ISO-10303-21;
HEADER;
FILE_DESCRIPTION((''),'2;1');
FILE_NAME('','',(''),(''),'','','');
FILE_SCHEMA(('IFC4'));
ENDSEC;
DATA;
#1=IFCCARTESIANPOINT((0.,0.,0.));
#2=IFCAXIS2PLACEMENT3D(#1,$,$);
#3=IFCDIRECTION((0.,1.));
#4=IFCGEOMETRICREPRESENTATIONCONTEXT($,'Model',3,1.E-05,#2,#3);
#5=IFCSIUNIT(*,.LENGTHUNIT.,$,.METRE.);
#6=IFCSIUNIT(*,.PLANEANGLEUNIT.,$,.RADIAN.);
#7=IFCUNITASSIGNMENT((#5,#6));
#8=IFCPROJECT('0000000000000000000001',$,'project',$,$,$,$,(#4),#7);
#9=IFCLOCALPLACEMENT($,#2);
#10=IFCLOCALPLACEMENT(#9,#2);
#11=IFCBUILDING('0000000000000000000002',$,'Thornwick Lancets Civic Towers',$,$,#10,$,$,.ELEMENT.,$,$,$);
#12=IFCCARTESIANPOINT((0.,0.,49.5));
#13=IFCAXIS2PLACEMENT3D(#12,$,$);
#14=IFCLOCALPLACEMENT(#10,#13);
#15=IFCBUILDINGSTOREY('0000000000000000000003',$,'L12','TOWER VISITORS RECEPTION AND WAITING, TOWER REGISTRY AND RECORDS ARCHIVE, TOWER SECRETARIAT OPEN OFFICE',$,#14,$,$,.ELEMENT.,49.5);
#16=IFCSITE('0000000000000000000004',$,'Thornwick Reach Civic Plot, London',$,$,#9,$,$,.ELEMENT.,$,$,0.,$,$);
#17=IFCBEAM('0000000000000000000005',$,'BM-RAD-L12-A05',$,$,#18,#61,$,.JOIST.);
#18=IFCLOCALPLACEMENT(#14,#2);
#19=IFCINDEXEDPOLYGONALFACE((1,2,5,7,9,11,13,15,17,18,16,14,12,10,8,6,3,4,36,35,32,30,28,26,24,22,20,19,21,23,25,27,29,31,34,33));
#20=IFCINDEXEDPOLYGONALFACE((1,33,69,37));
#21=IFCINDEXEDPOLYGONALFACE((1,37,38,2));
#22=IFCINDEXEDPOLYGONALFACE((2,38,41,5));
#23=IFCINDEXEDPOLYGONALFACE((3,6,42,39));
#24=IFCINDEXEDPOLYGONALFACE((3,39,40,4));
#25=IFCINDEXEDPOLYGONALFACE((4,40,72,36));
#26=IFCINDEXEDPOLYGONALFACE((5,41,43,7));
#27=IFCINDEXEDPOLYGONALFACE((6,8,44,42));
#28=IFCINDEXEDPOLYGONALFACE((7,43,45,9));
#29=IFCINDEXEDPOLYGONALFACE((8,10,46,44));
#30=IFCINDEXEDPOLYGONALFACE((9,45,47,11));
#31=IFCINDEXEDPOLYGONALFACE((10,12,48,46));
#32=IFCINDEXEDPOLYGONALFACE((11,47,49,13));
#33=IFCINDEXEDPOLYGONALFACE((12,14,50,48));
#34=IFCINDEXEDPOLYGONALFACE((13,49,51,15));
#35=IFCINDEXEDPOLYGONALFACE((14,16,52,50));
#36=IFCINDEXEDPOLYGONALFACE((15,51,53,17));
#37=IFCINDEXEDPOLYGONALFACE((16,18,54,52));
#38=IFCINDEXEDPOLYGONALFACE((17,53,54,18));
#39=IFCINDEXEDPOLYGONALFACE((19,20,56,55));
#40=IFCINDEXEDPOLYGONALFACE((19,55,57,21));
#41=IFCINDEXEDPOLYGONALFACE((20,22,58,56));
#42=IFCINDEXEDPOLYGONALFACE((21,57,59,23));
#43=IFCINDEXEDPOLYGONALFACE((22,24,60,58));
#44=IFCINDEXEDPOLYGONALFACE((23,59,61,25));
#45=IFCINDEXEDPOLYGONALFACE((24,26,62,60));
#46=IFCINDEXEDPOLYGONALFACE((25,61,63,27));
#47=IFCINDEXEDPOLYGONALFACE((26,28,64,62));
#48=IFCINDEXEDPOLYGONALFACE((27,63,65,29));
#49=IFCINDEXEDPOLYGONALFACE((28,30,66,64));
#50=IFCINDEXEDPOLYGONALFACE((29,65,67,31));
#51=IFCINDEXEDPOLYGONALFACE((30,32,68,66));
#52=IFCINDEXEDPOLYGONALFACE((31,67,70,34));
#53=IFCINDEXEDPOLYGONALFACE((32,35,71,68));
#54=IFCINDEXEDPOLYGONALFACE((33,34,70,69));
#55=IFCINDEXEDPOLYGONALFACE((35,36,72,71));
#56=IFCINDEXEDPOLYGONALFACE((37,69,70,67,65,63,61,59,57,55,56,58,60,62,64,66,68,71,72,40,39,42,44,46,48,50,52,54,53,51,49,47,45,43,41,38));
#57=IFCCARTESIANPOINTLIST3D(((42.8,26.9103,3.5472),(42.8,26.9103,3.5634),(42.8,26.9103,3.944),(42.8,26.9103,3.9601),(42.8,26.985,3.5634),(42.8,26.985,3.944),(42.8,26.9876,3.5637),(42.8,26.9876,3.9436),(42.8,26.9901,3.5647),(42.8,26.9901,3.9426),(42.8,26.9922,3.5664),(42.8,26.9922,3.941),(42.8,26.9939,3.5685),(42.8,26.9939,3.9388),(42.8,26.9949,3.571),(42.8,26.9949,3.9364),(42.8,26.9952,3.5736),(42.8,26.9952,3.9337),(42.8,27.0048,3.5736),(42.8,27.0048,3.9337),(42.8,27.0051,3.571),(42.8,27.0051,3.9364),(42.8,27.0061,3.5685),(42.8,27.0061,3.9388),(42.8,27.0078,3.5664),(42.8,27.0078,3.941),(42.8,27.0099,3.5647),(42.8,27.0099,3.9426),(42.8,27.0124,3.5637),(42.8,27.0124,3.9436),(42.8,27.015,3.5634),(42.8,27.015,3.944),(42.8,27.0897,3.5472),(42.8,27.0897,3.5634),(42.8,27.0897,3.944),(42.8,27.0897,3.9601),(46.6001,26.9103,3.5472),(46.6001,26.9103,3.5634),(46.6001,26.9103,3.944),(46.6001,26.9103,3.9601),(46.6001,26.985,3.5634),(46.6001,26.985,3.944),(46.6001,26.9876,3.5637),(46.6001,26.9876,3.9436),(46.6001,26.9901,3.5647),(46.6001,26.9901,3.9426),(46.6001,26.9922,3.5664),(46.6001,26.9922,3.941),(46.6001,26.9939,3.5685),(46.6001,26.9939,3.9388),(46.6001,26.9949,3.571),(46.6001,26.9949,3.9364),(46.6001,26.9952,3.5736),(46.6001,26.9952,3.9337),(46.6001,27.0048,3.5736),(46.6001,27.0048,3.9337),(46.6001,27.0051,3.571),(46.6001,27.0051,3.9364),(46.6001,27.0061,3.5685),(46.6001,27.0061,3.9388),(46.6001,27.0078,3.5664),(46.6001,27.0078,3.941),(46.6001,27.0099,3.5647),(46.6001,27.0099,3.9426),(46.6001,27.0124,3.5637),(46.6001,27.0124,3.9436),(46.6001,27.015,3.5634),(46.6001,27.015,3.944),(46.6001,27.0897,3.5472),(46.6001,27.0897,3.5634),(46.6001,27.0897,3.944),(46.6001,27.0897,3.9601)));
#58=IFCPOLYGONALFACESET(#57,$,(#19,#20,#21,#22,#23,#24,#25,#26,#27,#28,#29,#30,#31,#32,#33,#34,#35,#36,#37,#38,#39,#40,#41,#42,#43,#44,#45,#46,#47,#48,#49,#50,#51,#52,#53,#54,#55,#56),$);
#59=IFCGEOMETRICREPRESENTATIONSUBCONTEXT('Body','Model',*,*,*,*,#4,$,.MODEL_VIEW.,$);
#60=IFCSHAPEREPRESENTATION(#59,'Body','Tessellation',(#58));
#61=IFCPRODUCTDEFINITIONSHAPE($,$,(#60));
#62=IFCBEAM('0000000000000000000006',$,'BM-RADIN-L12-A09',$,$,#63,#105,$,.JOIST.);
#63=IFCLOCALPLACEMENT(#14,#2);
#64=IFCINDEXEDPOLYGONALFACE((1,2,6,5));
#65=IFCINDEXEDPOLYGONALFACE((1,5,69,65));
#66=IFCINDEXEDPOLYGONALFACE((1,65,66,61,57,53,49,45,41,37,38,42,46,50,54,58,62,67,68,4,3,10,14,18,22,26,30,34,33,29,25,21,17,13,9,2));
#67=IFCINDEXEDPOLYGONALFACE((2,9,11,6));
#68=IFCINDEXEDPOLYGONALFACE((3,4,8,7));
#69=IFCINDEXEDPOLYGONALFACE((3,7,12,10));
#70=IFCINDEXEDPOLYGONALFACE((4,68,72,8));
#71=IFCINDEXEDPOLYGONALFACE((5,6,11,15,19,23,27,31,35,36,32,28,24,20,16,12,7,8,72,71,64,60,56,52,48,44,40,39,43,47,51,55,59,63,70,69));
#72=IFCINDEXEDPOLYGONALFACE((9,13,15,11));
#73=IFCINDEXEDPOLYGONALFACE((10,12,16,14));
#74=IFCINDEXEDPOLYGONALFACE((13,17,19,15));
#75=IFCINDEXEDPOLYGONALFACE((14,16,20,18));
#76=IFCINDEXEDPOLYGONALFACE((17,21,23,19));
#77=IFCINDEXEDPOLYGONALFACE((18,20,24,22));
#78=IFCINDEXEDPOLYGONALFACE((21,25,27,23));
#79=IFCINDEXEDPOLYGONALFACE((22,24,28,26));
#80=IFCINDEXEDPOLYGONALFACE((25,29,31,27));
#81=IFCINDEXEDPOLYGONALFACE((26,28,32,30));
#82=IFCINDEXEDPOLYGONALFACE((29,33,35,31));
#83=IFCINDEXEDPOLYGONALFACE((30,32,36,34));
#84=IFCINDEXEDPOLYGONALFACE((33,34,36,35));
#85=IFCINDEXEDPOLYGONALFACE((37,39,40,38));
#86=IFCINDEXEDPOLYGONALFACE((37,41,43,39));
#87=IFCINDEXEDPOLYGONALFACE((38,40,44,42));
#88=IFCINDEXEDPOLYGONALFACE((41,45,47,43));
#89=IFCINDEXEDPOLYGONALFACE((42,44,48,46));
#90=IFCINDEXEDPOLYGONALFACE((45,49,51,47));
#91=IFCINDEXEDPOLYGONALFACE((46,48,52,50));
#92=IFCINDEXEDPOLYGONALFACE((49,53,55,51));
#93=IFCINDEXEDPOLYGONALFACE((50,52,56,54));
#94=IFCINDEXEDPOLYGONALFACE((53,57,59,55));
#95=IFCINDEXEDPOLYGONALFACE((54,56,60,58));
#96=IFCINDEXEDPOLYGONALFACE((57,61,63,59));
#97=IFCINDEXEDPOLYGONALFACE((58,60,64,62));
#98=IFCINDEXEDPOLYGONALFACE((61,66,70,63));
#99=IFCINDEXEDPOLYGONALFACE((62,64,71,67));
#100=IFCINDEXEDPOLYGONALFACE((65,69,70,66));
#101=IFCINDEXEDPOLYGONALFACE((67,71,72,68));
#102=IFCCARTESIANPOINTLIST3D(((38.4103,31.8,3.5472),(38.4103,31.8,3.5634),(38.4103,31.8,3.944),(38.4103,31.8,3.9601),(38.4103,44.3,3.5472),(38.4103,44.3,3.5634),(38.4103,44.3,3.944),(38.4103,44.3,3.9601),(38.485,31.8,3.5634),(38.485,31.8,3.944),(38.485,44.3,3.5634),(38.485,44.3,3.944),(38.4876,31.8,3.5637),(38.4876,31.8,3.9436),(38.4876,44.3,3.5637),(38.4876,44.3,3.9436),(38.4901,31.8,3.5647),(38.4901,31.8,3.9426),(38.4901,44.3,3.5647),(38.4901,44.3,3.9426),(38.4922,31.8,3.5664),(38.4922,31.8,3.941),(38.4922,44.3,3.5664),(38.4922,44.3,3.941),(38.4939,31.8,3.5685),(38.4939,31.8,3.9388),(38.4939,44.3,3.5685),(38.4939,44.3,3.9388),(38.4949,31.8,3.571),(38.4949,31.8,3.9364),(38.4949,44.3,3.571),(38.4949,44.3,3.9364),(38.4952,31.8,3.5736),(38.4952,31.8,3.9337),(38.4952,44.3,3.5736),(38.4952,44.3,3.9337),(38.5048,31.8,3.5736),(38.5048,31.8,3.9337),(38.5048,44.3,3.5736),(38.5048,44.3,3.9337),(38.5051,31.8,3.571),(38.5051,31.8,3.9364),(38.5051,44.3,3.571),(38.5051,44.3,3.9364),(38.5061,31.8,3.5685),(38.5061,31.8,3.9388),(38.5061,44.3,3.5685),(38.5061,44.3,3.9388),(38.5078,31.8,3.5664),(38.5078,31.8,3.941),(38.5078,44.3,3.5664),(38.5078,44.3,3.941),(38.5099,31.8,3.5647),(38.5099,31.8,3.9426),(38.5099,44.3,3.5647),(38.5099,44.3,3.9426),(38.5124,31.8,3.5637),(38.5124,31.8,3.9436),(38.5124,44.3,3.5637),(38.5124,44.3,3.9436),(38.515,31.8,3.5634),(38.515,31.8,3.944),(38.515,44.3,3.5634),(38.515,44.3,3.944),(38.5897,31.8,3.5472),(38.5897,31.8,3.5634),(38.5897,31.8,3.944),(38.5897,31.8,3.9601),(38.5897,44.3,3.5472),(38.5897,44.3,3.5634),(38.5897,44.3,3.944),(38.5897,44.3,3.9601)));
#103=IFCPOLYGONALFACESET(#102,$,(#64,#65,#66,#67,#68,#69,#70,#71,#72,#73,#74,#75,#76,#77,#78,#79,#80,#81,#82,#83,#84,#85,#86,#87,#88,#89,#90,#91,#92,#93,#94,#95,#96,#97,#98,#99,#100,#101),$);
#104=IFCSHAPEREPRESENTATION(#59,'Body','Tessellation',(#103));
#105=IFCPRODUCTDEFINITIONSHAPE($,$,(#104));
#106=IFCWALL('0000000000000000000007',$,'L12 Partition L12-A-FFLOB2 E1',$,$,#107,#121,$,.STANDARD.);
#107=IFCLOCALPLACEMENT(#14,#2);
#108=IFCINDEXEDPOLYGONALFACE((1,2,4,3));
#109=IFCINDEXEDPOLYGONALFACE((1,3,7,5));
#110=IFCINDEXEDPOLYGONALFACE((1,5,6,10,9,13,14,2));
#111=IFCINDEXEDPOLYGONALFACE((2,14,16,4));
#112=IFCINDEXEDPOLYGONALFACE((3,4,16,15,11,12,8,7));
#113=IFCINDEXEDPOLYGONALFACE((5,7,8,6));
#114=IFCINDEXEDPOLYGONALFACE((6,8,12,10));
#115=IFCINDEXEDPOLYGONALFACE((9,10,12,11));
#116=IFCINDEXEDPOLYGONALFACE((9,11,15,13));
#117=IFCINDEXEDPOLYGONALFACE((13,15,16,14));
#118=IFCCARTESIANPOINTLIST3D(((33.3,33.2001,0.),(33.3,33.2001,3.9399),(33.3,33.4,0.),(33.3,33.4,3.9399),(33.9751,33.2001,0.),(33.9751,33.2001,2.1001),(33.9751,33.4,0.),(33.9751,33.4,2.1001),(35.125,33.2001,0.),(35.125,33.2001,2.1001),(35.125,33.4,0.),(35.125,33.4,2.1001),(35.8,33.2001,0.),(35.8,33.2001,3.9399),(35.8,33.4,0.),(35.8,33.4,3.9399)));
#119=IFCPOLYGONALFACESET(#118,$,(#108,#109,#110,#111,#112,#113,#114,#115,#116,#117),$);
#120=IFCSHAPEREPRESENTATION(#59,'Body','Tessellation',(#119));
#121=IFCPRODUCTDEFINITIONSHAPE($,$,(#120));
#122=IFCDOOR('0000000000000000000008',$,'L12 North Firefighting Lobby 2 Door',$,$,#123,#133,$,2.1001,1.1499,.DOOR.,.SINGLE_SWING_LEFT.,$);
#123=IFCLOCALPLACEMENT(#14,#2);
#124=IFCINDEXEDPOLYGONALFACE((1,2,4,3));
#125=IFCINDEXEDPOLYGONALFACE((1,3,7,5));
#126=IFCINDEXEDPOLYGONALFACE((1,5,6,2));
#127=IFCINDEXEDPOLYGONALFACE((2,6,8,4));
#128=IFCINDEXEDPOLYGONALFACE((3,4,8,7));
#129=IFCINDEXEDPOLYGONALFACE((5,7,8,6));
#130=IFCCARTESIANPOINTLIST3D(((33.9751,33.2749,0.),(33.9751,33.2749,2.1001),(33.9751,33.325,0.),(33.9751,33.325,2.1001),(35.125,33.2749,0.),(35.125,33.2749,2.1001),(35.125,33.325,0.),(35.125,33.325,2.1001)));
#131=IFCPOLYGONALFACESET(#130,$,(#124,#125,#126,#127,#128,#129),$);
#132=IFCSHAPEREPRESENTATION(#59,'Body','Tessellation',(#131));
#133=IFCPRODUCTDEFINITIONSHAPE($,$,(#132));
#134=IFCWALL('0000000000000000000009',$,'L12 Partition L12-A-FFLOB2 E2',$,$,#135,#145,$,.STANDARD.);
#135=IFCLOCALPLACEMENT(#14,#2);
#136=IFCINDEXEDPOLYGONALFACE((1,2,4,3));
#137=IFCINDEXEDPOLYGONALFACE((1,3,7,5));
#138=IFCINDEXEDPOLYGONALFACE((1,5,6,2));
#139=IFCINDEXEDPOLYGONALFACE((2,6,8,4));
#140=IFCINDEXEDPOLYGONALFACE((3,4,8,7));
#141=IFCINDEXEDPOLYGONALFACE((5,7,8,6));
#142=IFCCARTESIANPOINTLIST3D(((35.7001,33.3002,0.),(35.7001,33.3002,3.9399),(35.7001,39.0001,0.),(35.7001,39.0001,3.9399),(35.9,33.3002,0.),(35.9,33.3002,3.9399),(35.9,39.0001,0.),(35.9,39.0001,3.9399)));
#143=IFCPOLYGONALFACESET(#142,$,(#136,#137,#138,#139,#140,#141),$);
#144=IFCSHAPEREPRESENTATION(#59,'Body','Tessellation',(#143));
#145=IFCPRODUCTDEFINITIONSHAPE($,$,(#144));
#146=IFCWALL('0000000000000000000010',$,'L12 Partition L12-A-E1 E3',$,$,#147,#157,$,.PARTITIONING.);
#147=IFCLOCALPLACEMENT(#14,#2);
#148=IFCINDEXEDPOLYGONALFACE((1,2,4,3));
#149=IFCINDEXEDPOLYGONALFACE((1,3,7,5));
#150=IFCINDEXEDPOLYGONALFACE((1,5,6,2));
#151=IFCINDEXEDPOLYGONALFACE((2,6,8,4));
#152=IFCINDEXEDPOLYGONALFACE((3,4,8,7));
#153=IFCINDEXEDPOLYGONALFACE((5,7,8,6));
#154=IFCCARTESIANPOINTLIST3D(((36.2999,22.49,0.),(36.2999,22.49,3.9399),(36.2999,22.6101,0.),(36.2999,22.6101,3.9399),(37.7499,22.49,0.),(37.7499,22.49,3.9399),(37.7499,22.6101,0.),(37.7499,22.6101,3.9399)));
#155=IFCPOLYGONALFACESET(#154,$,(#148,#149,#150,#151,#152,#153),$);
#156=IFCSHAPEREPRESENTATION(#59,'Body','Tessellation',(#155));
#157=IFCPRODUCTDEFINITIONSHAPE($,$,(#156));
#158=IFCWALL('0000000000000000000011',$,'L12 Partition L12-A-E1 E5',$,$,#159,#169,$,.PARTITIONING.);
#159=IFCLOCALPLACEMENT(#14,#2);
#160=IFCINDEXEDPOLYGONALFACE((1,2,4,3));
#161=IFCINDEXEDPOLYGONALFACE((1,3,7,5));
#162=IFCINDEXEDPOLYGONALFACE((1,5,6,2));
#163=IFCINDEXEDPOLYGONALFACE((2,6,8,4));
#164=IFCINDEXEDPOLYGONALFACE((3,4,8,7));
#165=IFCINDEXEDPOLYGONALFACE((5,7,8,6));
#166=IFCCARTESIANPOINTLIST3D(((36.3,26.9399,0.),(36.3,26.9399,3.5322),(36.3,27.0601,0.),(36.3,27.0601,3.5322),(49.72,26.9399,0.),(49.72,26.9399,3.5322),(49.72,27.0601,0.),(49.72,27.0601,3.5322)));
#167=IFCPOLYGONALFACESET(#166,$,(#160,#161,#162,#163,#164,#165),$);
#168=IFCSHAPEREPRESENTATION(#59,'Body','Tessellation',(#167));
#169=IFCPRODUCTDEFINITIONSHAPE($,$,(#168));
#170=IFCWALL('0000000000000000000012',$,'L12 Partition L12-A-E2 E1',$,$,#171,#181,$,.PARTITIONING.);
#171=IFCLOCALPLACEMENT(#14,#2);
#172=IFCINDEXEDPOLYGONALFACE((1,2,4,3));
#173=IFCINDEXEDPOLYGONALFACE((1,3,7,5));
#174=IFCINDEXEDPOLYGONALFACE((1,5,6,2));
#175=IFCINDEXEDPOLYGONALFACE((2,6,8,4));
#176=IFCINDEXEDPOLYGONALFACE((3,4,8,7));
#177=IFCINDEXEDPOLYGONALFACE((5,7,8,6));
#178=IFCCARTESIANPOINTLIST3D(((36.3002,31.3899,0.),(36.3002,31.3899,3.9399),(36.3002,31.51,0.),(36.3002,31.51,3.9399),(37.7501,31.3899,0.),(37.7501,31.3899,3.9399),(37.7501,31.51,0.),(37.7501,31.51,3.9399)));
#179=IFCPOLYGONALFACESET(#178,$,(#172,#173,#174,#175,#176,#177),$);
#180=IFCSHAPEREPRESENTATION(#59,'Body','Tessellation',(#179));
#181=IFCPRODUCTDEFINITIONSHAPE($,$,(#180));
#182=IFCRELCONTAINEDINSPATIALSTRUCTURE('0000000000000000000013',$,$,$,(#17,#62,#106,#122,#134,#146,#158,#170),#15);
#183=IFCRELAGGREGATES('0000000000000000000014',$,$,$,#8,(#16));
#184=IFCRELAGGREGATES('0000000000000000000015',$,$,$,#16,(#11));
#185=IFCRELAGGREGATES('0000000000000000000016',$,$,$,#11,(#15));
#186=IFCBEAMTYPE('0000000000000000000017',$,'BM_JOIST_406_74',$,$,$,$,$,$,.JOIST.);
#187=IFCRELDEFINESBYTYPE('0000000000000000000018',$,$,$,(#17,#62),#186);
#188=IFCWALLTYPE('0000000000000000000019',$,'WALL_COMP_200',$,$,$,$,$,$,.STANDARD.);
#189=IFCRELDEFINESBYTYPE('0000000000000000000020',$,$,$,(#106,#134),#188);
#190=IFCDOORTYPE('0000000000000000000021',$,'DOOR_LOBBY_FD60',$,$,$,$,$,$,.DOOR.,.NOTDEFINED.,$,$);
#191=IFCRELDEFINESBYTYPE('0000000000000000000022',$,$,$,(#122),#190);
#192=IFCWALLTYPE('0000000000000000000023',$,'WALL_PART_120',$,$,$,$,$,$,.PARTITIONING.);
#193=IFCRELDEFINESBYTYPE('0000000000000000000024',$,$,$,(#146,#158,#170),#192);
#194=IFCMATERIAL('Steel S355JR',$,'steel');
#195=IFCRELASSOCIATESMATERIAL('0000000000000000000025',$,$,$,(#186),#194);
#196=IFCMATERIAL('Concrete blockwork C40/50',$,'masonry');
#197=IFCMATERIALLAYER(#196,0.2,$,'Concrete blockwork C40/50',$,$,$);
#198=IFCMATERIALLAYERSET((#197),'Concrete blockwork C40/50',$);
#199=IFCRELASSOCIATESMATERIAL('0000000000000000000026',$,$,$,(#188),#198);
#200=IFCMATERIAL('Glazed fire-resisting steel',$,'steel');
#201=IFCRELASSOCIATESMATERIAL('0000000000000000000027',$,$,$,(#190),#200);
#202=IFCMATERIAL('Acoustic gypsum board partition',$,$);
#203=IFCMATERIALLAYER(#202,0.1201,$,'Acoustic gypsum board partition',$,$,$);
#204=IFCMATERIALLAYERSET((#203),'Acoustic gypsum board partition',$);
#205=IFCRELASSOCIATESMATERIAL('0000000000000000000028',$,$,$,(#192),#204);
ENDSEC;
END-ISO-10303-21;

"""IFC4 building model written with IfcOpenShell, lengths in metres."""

from ifc_helpers import new_model, si_unit, direction, frame, frame_2d, origin, origin_2d, place, context, subcontext, project, spatial, rectangle, i_section, extrude, material, layer, layer_set, material_profile, profile_set, type_object, element, fill, save


model = new_model("IFC4")

# Units and contexts
model_context = context("Model", 3, precision=1e-05, world=origin(), true_north=direction((0.0, 1.0)))
body_context = subcontext(model_context, "Body", "Model", "MODEL_VIEW")
ifc_project = project(units=[si_unit("LENGTHUNIT", "METRE"), si_unit("PLANEANGLEUNIT", "RADIAN")], contexts=[model_context])

# Site, building, storey
site_placement = place(None, origin())
site = spatial("IfcSite", under=ifc_project, at=site_placement, Name="Thornwick Reach Civic Plot, London", CompositionType="ELEMENT", RefElevation=0.0)
building_placement = place(site_placement, origin())
building = spatial("IfcBuilding", under=site, at=building_placement, Name="Thornwick Lancets Civic Towers", CompositionType="ELEMENT")
storey_placement = place(building_placement, frame((0.0, 0.0, 49.5)))
storey = spatial("IfcBuildingStorey", under=building, at=storey_placement, Name="L12", Description="TOWER VISITORS RECEPTION AND WAITING, TOWER REGISTRY AND RECORDS ARCHIVE, TOWER SECRETARIAT OPEN OFFICE", CompositionType="ELEMENT", Elevation=49.5)

# Beams
ifc_material_1 = material(Name="Steel S355JR", Category="steel")
ifc_material_profile_1 = material_profile(ifc_material_1, i_section(OverallWidth=0.1794, OverallDepth=0.4128, WebThickness=0.0095, FlangeThickness=0.0161, FilletRadius=0.0103, at=origin_2d()), Name="UKB 406x178x74")
ifc_profile_set_1 = profile_set([ifc_material_profile_1], Name="Steel S355JR")
beam_type_1 = type_object("IfcBeamType", Name="BM_JOIST_406_74", PredefinedType="JOIST", material=ifc_profile_set_1)
beam_1_placement = place(storey_placement, frame((42.8, 27.0, 3.7537), z_axis=(1.0, 0.0, 0.0), x_axis=(0.0, 1.0, 0.0)))
element("IfcBeam", 1, at=beam_1_placement, inside=storey, type_object=beam_type_1, Name="BM-RAD-L12-A05", PredefinedType="JOIST", context=body_context, shape_type="SweptSolid", body=[
    extrude(i_section(OverallWidth=0.1794, OverallDepth=0.4128, WebThickness=0.0095, FlangeThickness=0.0161, FilletRadius=0.0103, at=origin_2d()), origin(), (0.0, 0.0, 1.0), 3.8),
])
beam_2_placement = place(storey_placement, frame((38.5, 31.8, 3.7537), z_axis=(0.0, 1.0, 0.0), x_axis=(-1.0, 0.0, 0.0)))
element("IfcBeam", 2, at=beam_2_placement, inside=storey, type_object=beam_type_1, Name="BM-RADIN-L12-A09", PredefinedType="JOIST", context=body_context, shape_type="SweptSolid", body=[
    extrude(i_section(OverallWidth=0.1794, OverallDepth=0.4128, WebThickness=0.0095, FlangeThickness=0.0161, FilletRadius=0.0103, at=origin_2d()), origin(), (0.0, 0.0, 1.0), 12.5),
])

# Wall, opening, door
ifc_material_2 = material(Name="Concrete blockwork C40/50", Category="masonry")
ifc_layer_1 = layer(ifc_material_2, 0.2, Name="Concrete blockwork C40/50")
ifc_layer_set_1 = layer_set([ifc_layer_1], Name="Concrete blockwork C40/50")
wall_type_1 = type_object("IfcWallType", Name="WALL_COMP_200", PredefinedType="STANDARD", material=ifc_layer_set_1)
wall_1_placement = place(storey_placement, frame((33.3, 33.3, 0.0), z_axis=(0.0, 0.0, 1.0), x_axis=(1.0, 0.0, 0.0)))
wall_1 = element("IfcWall", 3, at=wall_1_placement, inside=storey, type_object=wall_type_1, Name="L12 Partition L12-A-FFLOB2 E1", PredefinedType="STANDARD", context=body_context, shape_type="SweptSolid", body=[
    extrude(rectangle(XDim=2.5, YDim=0.2, at=frame_2d((1.25, 0.0))), origin(), (0.0, 0.0, 1.0), 3.9399),
])
opening_1_placement = place(wall_1_placement, frame((0.675, 0.0, 0.0)))
opening_1 = element("IfcOpeningElement", 4, at=opening_1_placement, cuts=wall_1, PredefinedType="OPENING", context=body_context, shape_type="SweptSolid", body=[
    extrude(rectangle(XDim=1.1499, YDim=2.1001, at=frame_2d((0.575, 1.05))), frame((0.0, 0.1099, 0.0), z_axis=(0.0, -1.0, 0.0), x_axis=(1.0, 0.0, 0.0)), (0.0, 0.0, 1.0), 0.22),
])
ifc_material_3 = material(Name="Glazed fire-resisting steel", Category="steel")
door_type_1 = type_object("IfcDoorType", Name="DOOR_LOBBY_FD60", OperationType="NOTDEFINED", PredefinedType="DOOR", material=ifc_material_3)
door_1_placement = place(opening_1_placement, origin())
door_1 = element("IfcDoor", 5, at=door_1_placement, inside=storey, type_object=door_type_1, Name="L12 North Firefighting Lobby 2 Door", OperationType="SINGLE_SWING_LEFT", OverallHeight=2.1001, OverallWidth=1.1499, PredefinedType="DOOR", context=body_context, shape_type="SweptSolid", body=[
    extrude(rectangle(XDim=1.1499, YDim=2.1001, at=frame_2d((0.575, 1.05))), frame((0.0, 0.0249, 0.0), z_axis=(0.0, -1.0, 0.0), x_axis=(1.0, 0.0, 0.0)), (0.0, 0.0, 1.0), 0.05),
])
fill(opening_1, door_1)

# Walls
wall_2_placement = place(storey_placement, frame((35.8, 33.3, 0.0), z_axis=(0.0, 0.0, 1.0), x_axis=(0.0, 1.0, 0.0)))
element("IfcWall", 6, at=wall_2_placement, inside=storey, type_object=wall_type_1, Name="L12 Partition L12-A-FFLOB2 E2", PredefinedType="STANDARD", context=body_context, shape_type="SweptSolid", body=[
    extrude(rectangle(XDim=5.7, YDim=0.2, at=frame_2d((2.8501, 0.0))), origin(), (0.0, 0.0, 1.0), 3.9399),
])
ifc_material_4 = material(Name="Acoustic gypsum board partition")
ifc_layer_2 = layer(ifc_material_4, 0.1201, Name="Acoustic gypsum board partition")
ifc_layer_set_2 = layer_set([ifc_layer_2], Name="Acoustic gypsum board partition")
wall_type_2 = type_object("IfcWallType", Name="WALL_PART_120", PredefinedType="PARTITIONING", material=ifc_layer_set_2)
wall_3_placement = place(storey_placement, frame((37.75, 22.55, 0.0), z_axis=(0.0, 0.0, 1.0), x_axis=(-1.0, 0.0, 0.0)))
element("IfcWall", 7, at=wall_3_placement, inside=storey, type_object=wall_type_2, Name="L12 Partition L12-A-E1 E3", PredefinedType="PARTITIONING", context=body_context, shape_type="SweptSolid", body=[
    extrude(rectangle(XDim=1.45, YDim=0.1201, at=frame_2d((0.7251, 0.0))), origin(), (0.0, 0.0, 1.0), 3.9399),
])
wall_4_placement = place(storey_placement, frame((36.3, 27.0, 0.0), z_axis=(0.0, 0.0, 1.0), x_axis=(1.0, 0.0, 0.0)))
element("IfcWall", 8, at=wall_4_placement, inside=storey, type_object=wall_type_2, Name="L12 Partition L12-A-E1 E5", PredefinedType="PARTITIONING", context=body_context, shape_type="SweptSolid", body=[
    extrude(rectangle(XDim=13.4199, YDim=0.1201, at=frame_2d((6.71, 0.0))), origin(), (0.0, 0.0, 1.0), 3.5322),
])
wall_5_placement = place(storey_placement, frame((36.3, 31.45, 0.0), z_axis=(0.0, 0.0, 1.0), x_axis=(1.0, 0.0, 0.0)))
element("IfcWall", 9, at=wall_5_placement, inside=storey, type_object=wall_type_2, Name="L12 Partition L12-A-E2 E1", PredefinedType="PARTITIONING", context=body_context, shape_type="SweptSolid", body=[
    extrude(rectangle(XDim=1.45, YDim=0.1201, at=frame_2d((0.7251, 0.0))), origin(), (0.0, 0.0, 1.0), 3.9399),
])

save(model, "model.ifc")
